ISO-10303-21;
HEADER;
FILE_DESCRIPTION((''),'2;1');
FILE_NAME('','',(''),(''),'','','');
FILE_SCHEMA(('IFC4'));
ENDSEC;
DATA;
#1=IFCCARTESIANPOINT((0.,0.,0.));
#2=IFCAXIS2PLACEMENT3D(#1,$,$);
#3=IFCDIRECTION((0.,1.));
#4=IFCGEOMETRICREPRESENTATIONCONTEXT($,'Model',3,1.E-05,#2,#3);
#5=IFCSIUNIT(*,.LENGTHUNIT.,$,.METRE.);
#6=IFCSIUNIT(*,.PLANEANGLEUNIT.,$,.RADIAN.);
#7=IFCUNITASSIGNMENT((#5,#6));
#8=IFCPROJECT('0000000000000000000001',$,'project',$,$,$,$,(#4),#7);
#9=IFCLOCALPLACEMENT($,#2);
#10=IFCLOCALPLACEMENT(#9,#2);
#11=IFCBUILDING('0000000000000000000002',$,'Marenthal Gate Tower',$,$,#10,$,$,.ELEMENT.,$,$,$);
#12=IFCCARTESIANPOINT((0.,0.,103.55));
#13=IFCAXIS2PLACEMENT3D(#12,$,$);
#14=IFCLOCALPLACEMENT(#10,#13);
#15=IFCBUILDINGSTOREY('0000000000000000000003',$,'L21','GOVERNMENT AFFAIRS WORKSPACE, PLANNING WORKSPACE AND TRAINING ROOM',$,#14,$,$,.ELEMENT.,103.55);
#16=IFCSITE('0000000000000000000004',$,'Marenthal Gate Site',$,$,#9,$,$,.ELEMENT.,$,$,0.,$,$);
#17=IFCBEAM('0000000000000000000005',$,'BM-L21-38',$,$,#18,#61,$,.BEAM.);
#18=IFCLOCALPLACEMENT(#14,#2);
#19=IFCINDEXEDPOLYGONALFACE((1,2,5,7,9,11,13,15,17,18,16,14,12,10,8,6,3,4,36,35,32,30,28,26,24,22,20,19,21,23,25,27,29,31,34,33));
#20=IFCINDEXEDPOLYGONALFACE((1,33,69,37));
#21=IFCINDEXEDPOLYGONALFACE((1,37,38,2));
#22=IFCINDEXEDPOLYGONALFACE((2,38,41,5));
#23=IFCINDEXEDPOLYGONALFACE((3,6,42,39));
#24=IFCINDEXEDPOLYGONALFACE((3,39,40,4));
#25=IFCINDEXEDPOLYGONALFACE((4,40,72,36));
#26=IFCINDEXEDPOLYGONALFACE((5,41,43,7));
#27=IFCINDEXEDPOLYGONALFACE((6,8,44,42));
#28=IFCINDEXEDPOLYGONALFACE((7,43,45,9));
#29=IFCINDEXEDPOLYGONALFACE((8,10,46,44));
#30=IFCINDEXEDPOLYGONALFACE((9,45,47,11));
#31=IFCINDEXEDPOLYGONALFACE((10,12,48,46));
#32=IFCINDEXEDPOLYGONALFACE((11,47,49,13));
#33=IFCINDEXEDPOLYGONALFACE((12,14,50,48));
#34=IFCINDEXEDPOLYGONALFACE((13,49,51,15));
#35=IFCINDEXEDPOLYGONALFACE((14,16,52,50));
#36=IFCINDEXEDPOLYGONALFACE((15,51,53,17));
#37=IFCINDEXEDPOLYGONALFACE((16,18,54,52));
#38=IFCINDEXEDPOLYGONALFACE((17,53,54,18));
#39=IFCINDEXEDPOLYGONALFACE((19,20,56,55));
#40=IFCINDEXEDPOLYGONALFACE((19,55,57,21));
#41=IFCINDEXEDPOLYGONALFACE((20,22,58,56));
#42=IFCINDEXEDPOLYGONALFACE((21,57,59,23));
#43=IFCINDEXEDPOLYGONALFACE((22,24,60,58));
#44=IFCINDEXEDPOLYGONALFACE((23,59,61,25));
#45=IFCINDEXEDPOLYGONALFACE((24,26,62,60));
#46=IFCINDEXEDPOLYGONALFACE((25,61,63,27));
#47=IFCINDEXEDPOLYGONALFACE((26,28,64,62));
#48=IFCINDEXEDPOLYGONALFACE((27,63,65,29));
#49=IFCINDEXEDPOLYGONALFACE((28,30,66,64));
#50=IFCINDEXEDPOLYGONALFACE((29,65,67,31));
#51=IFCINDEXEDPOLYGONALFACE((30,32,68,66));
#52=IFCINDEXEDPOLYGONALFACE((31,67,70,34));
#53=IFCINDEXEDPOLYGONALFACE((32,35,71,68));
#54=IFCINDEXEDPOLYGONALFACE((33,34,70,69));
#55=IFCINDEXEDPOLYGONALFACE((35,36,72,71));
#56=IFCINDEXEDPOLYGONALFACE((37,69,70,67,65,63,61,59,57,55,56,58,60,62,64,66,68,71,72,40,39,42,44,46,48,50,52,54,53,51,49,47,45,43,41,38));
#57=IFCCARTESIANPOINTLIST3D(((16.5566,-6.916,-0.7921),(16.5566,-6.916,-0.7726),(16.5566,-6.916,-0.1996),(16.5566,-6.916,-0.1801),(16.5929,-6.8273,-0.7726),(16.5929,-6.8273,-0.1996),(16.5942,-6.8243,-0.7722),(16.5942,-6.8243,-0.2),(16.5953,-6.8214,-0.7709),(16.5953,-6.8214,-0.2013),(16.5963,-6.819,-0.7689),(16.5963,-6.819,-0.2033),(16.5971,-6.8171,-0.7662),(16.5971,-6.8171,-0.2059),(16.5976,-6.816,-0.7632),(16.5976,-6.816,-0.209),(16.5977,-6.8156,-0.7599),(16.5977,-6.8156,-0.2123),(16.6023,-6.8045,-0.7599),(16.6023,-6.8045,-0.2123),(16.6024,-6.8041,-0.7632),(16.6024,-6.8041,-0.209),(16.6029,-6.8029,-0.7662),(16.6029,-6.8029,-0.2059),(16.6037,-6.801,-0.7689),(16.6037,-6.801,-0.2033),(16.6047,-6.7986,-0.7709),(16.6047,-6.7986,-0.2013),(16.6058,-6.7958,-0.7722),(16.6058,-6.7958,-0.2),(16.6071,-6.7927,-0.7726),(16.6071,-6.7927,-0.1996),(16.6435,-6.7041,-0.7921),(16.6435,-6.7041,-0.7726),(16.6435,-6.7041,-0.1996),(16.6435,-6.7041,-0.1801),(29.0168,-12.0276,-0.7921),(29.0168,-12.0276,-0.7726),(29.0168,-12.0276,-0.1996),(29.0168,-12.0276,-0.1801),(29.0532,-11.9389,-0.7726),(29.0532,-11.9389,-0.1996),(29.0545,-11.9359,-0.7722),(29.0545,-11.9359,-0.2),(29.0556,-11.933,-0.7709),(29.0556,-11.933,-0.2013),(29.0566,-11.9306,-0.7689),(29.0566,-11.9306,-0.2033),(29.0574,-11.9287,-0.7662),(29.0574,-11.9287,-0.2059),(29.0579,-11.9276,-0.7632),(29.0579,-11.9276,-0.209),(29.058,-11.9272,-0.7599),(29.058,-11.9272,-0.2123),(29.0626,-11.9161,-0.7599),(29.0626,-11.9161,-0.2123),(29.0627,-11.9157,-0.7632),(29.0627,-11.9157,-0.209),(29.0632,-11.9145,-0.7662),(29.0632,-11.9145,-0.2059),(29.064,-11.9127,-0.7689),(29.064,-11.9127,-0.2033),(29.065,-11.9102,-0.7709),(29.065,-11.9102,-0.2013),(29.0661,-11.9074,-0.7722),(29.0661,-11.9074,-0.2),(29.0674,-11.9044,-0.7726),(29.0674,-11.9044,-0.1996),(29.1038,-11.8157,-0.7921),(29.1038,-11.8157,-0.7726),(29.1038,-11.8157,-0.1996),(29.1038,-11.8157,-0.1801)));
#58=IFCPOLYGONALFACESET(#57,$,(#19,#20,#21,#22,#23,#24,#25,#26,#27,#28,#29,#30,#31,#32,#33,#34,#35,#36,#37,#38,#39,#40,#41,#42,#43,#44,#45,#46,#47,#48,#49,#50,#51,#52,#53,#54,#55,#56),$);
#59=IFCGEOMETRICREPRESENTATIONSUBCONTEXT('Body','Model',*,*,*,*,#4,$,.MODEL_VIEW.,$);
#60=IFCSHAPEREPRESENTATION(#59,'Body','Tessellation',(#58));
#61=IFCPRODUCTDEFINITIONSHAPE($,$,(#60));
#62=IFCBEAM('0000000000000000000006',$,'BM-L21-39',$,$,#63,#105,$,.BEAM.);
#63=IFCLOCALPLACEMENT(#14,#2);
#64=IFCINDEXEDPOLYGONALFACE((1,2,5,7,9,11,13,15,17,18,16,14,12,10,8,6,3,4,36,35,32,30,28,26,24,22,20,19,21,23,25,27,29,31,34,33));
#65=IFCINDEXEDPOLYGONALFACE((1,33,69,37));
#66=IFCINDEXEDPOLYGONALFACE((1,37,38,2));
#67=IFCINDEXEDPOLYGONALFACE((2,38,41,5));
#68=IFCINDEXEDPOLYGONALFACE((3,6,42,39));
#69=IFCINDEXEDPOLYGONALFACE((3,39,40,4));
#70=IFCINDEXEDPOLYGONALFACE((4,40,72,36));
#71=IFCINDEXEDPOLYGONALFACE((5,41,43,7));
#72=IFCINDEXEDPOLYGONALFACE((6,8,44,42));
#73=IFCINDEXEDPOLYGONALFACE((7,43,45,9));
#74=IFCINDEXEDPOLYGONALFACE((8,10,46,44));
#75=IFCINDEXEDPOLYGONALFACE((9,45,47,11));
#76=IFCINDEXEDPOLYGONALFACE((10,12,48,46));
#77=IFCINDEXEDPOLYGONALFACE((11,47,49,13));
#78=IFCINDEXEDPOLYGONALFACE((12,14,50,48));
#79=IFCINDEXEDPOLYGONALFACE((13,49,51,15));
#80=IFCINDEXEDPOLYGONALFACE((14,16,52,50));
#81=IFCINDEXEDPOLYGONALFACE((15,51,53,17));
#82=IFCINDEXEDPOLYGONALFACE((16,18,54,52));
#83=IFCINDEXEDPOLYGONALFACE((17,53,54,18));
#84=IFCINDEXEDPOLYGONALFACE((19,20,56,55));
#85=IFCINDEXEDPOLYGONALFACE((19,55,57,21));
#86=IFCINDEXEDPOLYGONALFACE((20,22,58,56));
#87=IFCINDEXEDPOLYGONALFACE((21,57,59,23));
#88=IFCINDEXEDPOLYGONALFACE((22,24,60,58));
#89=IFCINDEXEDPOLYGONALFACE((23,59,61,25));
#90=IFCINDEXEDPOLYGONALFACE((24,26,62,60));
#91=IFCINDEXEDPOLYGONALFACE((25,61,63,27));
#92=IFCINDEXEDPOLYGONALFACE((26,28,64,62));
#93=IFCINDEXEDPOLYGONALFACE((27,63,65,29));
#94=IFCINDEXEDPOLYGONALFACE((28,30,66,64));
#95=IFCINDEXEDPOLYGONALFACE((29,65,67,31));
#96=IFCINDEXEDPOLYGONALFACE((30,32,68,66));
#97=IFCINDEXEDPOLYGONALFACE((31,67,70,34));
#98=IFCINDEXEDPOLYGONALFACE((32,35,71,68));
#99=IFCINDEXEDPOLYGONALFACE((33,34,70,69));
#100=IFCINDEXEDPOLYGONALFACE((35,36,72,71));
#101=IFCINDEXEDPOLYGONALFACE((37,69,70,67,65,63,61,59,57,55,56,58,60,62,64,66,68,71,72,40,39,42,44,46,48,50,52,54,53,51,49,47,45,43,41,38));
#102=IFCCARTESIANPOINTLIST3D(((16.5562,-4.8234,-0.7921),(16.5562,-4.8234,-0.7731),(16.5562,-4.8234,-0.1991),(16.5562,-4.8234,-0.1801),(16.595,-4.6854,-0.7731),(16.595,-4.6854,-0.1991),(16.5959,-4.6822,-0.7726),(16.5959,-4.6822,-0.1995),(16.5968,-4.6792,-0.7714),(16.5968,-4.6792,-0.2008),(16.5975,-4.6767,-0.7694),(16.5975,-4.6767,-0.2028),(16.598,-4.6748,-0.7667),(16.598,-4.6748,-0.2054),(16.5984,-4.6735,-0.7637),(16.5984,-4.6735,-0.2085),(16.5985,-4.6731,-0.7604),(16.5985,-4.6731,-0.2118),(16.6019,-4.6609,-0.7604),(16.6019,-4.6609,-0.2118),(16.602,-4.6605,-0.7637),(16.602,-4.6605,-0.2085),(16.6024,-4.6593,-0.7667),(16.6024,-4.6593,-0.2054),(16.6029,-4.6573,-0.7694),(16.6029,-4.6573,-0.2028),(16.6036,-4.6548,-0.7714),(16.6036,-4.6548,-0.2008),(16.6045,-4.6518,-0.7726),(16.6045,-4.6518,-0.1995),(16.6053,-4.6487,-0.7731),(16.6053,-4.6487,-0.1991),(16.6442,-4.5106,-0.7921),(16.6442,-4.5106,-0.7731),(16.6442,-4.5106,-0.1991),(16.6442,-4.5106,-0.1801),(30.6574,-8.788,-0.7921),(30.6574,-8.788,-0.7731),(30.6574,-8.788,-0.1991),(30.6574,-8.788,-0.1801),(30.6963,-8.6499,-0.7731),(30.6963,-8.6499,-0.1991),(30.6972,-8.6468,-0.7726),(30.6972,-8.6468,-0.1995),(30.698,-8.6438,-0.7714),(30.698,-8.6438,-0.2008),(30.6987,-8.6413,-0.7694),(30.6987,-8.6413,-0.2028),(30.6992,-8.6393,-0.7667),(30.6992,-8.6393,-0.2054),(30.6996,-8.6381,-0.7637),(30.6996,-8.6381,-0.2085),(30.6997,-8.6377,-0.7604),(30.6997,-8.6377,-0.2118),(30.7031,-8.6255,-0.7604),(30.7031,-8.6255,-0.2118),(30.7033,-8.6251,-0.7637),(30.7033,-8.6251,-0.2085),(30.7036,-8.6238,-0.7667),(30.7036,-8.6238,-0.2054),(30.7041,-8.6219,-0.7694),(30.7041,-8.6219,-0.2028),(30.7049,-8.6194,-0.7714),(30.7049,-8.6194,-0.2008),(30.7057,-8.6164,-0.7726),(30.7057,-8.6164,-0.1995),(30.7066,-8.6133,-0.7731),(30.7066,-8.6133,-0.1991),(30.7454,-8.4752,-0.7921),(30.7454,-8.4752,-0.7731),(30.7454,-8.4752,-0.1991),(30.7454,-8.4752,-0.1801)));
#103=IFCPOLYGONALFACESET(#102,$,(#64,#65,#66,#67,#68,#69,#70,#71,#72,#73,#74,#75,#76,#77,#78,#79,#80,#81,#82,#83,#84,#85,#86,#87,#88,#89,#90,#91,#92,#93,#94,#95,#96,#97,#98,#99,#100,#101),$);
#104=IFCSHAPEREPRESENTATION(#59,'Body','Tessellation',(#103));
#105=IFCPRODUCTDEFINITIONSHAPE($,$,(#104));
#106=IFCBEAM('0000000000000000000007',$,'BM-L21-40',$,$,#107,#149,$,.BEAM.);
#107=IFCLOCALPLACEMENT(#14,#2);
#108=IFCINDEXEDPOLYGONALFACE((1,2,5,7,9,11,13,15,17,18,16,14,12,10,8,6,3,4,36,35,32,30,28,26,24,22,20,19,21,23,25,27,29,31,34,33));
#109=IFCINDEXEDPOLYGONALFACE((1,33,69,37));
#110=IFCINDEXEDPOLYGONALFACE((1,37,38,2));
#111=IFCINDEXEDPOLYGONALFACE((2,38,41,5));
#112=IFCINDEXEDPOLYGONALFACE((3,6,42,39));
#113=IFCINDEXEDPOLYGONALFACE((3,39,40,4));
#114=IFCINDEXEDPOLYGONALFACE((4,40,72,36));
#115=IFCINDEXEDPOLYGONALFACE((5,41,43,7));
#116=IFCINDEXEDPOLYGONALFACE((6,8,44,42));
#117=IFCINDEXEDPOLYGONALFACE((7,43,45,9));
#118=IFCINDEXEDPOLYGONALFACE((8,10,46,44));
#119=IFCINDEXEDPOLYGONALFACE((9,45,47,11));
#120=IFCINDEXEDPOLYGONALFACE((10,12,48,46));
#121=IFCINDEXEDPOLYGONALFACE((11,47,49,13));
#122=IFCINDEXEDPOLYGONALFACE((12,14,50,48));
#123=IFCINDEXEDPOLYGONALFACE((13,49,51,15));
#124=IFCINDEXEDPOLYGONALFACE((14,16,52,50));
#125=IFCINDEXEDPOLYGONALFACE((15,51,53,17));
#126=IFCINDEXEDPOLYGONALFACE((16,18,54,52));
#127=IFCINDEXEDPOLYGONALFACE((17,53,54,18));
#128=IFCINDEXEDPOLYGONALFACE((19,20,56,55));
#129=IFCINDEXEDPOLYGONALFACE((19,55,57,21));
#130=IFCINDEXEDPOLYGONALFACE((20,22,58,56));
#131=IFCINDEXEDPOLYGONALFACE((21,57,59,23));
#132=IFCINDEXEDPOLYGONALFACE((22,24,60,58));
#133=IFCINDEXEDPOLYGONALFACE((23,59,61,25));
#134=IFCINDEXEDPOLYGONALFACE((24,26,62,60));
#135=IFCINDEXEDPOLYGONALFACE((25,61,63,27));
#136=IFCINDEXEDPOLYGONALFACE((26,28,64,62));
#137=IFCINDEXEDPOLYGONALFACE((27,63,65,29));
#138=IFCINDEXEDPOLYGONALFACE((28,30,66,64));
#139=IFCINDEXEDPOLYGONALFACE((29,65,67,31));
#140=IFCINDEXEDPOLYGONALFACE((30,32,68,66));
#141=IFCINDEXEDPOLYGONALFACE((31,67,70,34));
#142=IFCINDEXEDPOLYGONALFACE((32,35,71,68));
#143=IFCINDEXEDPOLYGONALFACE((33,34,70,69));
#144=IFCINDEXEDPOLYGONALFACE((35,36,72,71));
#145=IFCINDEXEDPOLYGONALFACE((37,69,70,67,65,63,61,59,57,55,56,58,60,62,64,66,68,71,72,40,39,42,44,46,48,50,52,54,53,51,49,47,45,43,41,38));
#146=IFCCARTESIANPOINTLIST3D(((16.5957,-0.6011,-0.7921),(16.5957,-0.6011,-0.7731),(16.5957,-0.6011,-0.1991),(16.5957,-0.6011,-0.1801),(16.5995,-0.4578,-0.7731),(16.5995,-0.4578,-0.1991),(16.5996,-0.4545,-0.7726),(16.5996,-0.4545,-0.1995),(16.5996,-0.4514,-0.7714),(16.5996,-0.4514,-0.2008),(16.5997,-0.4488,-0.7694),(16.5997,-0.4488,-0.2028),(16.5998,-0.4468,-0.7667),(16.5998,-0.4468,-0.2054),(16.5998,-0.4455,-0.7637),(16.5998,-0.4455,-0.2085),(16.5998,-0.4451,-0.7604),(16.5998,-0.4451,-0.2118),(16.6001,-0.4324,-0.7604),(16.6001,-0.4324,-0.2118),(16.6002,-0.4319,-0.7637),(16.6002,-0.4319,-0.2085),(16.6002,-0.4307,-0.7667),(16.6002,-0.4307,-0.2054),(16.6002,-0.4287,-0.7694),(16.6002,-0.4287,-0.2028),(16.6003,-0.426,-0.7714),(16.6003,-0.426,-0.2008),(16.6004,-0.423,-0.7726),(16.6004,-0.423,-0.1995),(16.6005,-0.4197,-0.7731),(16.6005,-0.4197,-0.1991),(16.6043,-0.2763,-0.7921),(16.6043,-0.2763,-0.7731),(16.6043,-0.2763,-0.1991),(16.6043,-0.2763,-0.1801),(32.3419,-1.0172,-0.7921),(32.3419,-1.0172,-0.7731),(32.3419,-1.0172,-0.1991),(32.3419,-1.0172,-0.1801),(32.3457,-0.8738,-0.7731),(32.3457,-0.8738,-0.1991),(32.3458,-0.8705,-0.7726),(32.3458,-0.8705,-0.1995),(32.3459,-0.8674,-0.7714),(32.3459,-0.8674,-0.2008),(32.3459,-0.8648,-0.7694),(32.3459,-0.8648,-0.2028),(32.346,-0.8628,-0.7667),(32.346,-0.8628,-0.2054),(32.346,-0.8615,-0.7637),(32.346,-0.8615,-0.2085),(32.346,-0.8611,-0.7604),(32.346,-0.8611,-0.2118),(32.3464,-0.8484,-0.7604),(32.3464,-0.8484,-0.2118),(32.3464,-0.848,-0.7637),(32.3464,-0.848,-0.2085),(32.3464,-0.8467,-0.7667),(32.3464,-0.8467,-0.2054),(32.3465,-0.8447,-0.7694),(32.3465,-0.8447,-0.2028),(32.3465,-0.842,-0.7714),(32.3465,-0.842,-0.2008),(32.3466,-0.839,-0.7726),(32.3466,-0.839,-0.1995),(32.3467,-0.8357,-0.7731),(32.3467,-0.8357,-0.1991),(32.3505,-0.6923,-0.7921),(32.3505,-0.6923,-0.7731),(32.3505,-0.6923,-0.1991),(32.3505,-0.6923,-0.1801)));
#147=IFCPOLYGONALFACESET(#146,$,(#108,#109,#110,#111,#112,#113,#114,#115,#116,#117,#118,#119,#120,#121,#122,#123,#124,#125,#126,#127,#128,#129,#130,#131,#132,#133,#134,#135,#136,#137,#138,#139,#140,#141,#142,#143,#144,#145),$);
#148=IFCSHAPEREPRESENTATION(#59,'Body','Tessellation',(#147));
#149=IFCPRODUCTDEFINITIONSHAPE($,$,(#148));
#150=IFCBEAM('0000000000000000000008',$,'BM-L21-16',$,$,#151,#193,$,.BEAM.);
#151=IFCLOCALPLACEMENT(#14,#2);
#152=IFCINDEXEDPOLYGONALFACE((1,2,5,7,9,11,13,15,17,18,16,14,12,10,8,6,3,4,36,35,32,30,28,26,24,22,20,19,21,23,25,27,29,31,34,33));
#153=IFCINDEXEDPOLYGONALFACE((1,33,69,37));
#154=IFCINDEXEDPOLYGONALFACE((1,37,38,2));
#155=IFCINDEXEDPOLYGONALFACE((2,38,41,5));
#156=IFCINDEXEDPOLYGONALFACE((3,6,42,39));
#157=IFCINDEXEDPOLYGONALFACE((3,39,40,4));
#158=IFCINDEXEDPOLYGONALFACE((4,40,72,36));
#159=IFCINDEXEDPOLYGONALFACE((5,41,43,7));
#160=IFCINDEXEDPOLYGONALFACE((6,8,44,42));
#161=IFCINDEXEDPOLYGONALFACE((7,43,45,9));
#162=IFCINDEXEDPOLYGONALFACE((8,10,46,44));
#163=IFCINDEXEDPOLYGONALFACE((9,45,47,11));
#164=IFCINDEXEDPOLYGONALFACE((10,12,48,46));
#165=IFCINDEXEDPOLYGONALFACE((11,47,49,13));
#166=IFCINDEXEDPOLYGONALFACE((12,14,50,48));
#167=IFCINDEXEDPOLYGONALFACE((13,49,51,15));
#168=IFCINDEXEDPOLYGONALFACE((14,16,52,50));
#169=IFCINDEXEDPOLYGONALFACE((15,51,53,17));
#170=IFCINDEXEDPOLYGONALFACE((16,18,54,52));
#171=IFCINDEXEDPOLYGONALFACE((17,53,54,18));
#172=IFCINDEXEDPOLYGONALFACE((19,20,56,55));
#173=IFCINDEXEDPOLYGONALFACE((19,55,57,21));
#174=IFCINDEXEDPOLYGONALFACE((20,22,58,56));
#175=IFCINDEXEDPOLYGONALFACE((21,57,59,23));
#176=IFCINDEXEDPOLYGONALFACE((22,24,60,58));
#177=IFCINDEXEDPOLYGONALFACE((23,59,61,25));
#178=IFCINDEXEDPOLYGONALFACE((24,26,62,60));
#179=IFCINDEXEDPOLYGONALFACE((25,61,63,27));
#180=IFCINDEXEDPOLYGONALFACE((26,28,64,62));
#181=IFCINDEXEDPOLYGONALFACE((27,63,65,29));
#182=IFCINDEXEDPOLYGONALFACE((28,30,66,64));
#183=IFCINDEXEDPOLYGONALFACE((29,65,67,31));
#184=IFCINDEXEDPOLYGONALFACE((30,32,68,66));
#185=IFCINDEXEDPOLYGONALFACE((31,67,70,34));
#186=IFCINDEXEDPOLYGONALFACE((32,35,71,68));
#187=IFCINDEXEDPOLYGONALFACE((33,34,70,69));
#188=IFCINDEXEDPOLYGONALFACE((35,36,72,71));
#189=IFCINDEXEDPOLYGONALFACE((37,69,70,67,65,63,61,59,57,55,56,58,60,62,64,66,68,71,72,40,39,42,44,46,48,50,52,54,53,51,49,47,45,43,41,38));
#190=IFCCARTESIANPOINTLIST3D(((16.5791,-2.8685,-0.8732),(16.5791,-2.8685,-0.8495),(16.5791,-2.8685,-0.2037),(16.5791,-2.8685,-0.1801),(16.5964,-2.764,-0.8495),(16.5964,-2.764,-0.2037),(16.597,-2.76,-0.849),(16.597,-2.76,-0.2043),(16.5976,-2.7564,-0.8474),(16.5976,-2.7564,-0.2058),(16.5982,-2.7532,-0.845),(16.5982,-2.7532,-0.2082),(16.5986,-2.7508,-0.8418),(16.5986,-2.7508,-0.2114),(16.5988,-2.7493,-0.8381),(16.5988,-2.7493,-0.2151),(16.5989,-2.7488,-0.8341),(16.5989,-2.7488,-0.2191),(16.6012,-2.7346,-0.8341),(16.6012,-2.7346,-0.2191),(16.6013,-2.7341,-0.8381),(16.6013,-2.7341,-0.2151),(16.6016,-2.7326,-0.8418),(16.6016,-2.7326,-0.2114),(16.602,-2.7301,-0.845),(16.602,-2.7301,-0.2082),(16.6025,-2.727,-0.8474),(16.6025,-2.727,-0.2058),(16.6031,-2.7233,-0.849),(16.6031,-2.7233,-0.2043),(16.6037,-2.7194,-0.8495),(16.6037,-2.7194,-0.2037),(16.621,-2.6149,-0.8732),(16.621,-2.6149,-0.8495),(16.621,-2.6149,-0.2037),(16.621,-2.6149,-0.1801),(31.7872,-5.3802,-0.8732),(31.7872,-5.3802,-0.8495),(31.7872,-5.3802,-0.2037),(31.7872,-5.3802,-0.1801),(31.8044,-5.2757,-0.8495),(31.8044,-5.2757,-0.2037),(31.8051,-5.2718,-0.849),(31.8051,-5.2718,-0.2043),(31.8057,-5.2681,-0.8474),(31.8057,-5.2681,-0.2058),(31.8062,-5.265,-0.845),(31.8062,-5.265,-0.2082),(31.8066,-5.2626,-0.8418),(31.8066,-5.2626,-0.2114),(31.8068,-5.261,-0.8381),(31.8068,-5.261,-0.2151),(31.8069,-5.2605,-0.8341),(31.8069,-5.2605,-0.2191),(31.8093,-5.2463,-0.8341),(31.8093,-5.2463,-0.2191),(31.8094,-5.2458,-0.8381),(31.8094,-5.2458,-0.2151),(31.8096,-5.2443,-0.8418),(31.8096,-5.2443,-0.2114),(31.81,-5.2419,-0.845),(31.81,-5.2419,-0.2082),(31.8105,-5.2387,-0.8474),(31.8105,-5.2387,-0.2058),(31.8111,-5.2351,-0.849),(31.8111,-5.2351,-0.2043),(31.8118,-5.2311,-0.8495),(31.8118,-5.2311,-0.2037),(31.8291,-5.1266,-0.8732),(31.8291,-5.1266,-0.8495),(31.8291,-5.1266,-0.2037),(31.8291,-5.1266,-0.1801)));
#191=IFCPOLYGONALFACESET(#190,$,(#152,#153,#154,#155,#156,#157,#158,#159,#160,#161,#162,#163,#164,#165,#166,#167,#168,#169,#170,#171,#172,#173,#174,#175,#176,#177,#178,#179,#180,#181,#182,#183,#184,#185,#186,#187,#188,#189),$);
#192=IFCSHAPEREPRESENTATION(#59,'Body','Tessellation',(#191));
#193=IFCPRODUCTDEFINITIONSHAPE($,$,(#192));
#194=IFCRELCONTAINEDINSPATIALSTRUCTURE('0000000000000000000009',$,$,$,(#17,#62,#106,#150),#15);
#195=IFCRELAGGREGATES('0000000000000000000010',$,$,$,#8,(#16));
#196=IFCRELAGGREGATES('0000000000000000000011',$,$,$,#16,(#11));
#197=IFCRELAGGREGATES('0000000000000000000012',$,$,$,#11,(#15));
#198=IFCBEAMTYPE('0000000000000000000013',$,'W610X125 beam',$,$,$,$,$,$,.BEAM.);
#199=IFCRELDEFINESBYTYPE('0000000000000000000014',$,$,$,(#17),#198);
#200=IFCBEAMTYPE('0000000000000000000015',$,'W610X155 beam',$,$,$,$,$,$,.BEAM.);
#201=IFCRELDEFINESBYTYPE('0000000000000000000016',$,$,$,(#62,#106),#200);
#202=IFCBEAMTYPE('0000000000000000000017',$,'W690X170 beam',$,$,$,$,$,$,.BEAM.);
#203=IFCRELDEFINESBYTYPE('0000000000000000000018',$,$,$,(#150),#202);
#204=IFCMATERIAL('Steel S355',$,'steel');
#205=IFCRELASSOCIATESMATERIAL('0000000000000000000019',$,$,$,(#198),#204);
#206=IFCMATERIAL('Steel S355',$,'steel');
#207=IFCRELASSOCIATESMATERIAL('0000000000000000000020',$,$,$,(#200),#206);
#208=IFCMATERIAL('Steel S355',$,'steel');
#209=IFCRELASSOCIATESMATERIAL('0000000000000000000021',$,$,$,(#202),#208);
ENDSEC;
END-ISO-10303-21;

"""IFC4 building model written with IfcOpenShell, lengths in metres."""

from ifc_helpers import new_model, si_unit, direction, frame, origin, origin_2d, place, context, subcontext, project, spatial, i_section, extrude, material, material_profile, profile_set, type_object, element, save


model = new_model("IFC4")

# Units and contexts
model_context = context("Model", 3, precision=1e-05, world=origin(), true_north=direction((0.0, 1.0)))
body_context = subcontext(model_context, "Body", "Model", "MODEL_VIEW")
ifc_project = project(units=[si_unit("LENGTHUNIT", "METRE"), si_unit("PLANEANGLEUNIT", "RADIAN")], contexts=[model_context])

# Site, building, storey
site_placement = place(None, origin())
site = spatial("IfcSite", under=ifc_project, at=site_placement, Name="Marenthal Gate Site", CompositionType="ELEMENT", RefElevation=0.0)
building_placement = place(site_placement, origin())
building = spatial("IfcBuilding", under=site, at=building_placement, Name="Marenthal Gate Tower", CompositionType="ELEMENT")
storey_placement = place(building_placement, frame((0.0, 0.0, 103.55)))
storey = spatial("IfcBuildingStorey", under=building, at=storey_placement, Name="L21", Description="GOVERNMENT AFFAIRS WORKSPACE, PLANNING WORKSPACE AND TRAINING ROOM", CompositionType="ELEMENT", Elevation=103.55)

# Beams
ifc_material_1 = material(Name="Steel S355", Category="steel")
ifc_material_profile_1 = material_profile(ifc_material_1, i_section(OverallWidth=0.229, OverallDepth=0.6121, WebThickness=0.012, FlangeThickness=0.0195, FilletRadius=0.0127, at=origin_2d()), Name="W610X125")
ifc_profile_set_1 = profile_set([ifc_material_profile_1], Name="Steel S355")
beam_type_1 = type_object("IfcBeamType", Name="W610X125 beam", PredefinedType="BEAM", material=ifc_profile_set_1)
beam_1_placement = place(storey_placement, frame((29.0603, -11.9216, -0.4861), z_axis=(-0.925177, 0.379537, 0.0), x_axis=(-0.379537, -0.925177, 0.0)))
element("IfcBeam", 1, at=beam_1_placement, inside=storey, type_object=beam_type_1, Name="BM-L21-38", PredefinedType="BEAM", context=body_context, shape_type="SweptSolid", body=[
    extrude(i_section(OverallWidth=0.229, OverallDepth=0.6121, WebThickness=0.012, FlangeThickness=0.0195, FilletRadius=0.0127, at=origin_2d()), origin(), (0.0, 0.0, 1.0), 13.468),
])
ifc_material_2 = material(Name="Steel S355", Category="steel")
ifc_material_profile_2 = material_profile(ifc_material_2, i_section(OverallWidth=0.325, OverallDepth=0.6121, WebThickness=0.0127, FlangeThickness=0.019, FilletRadius=0.0127, at=origin_2d()), Name="W610X155")
ifc_profile_set_2 = profile_set([ifc_material_profile_2], Name="Steel S355")
beam_type_2 = type_object("IfcBeamType", Name="W610X155 beam", PredefinedType="BEAM", material=ifc_profile_set_2)
beam_2_placement = place(storey_placement, frame((30.7014, -8.6316, -0.4861), z_axis=(-0.962676, 0.270657, 0.0), x_axis=(-0.270657, -0.962676, 0.0)))
element("IfcBeam", 2, at=beam_2_placement, inside=storey, type_object=beam_type_2, Name="BM-L21-39", PredefinedType="BEAM", context=body_context, shape_type="SweptSolid", body=[
    extrude(i_section(OverallWidth=0.325, OverallDepth=0.6121, WebThickness=0.0127, FlangeThickness=0.019, FilletRadius=0.0127, at=origin_2d()), origin(), (0.0, 0.0, 1.0), 14.6479),
])
beam_3_placement = place(storey_placement, frame((32.3462, -0.8547, -0.4861), z_axis=(-0.999651, 0.026411, 0.0), x_axis=(-0.026411, -0.999651, 0.0)))
element("IfcBeam", 3, at=beam_3_placement, inside=storey, type_object=beam_type_2, Name="BM-L21-40", PredefinedType="BEAM", context=body_context, shape_type="SweptSolid", body=[
    extrude(i_section(OverallWidth=0.325, OverallDepth=0.6121, WebThickness=0.0127, FlangeThickness=0.019, FilletRadius=0.0127, at=origin_2d()), origin(), (0.0, 0.0, 1.0), 15.7517),
])
ifc_material_3 = material(Name="Steel S355", Category="steel")
ifc_material_profile_3 = material_profile(ifc_material_3, i_section(OverallWidth=0.2571, OverallDepth=0.6931, WebThickness=0.0144, FlangeThickness=0.0237, FilletRadius=0.0154, at=origin_2d()), Name="W690X170")
ifc_profile_set_3 = profile_set([ifc_material_profile_3], Name="Steel S355")
beam_type_3 = type_object("IfcBeamType", Name="W690X170 beam", PredefinedType="BEAM", material=ifc_profile_set_3)
beam_4_placement = place(storey_placement, frame((31.8081, -5.2534, -0.5266), z_axis=(-0.986634, 0.16295, 0.0), x_axis=(-0.16295, -0.986634, 0.0)))
element("IfcBeam", 4, at=beam_4_placement, inside=storey, type_object=beam_type_3, Name="BM-L21-16", PredefinedType="BEAM", context=body_context, shape_type="SweptSolid", body=[
    extrude(i_section(OverallWidth=0.2571, OverallDepth=0.6931, WebThickness=0.0144, FlangeThickness=0.0237, FilletRadius=0.0154, at=origin_2d()), origin(), (0.0, 0.0, 1.0), 15.4141),
])

save(model, "model.ifc")
